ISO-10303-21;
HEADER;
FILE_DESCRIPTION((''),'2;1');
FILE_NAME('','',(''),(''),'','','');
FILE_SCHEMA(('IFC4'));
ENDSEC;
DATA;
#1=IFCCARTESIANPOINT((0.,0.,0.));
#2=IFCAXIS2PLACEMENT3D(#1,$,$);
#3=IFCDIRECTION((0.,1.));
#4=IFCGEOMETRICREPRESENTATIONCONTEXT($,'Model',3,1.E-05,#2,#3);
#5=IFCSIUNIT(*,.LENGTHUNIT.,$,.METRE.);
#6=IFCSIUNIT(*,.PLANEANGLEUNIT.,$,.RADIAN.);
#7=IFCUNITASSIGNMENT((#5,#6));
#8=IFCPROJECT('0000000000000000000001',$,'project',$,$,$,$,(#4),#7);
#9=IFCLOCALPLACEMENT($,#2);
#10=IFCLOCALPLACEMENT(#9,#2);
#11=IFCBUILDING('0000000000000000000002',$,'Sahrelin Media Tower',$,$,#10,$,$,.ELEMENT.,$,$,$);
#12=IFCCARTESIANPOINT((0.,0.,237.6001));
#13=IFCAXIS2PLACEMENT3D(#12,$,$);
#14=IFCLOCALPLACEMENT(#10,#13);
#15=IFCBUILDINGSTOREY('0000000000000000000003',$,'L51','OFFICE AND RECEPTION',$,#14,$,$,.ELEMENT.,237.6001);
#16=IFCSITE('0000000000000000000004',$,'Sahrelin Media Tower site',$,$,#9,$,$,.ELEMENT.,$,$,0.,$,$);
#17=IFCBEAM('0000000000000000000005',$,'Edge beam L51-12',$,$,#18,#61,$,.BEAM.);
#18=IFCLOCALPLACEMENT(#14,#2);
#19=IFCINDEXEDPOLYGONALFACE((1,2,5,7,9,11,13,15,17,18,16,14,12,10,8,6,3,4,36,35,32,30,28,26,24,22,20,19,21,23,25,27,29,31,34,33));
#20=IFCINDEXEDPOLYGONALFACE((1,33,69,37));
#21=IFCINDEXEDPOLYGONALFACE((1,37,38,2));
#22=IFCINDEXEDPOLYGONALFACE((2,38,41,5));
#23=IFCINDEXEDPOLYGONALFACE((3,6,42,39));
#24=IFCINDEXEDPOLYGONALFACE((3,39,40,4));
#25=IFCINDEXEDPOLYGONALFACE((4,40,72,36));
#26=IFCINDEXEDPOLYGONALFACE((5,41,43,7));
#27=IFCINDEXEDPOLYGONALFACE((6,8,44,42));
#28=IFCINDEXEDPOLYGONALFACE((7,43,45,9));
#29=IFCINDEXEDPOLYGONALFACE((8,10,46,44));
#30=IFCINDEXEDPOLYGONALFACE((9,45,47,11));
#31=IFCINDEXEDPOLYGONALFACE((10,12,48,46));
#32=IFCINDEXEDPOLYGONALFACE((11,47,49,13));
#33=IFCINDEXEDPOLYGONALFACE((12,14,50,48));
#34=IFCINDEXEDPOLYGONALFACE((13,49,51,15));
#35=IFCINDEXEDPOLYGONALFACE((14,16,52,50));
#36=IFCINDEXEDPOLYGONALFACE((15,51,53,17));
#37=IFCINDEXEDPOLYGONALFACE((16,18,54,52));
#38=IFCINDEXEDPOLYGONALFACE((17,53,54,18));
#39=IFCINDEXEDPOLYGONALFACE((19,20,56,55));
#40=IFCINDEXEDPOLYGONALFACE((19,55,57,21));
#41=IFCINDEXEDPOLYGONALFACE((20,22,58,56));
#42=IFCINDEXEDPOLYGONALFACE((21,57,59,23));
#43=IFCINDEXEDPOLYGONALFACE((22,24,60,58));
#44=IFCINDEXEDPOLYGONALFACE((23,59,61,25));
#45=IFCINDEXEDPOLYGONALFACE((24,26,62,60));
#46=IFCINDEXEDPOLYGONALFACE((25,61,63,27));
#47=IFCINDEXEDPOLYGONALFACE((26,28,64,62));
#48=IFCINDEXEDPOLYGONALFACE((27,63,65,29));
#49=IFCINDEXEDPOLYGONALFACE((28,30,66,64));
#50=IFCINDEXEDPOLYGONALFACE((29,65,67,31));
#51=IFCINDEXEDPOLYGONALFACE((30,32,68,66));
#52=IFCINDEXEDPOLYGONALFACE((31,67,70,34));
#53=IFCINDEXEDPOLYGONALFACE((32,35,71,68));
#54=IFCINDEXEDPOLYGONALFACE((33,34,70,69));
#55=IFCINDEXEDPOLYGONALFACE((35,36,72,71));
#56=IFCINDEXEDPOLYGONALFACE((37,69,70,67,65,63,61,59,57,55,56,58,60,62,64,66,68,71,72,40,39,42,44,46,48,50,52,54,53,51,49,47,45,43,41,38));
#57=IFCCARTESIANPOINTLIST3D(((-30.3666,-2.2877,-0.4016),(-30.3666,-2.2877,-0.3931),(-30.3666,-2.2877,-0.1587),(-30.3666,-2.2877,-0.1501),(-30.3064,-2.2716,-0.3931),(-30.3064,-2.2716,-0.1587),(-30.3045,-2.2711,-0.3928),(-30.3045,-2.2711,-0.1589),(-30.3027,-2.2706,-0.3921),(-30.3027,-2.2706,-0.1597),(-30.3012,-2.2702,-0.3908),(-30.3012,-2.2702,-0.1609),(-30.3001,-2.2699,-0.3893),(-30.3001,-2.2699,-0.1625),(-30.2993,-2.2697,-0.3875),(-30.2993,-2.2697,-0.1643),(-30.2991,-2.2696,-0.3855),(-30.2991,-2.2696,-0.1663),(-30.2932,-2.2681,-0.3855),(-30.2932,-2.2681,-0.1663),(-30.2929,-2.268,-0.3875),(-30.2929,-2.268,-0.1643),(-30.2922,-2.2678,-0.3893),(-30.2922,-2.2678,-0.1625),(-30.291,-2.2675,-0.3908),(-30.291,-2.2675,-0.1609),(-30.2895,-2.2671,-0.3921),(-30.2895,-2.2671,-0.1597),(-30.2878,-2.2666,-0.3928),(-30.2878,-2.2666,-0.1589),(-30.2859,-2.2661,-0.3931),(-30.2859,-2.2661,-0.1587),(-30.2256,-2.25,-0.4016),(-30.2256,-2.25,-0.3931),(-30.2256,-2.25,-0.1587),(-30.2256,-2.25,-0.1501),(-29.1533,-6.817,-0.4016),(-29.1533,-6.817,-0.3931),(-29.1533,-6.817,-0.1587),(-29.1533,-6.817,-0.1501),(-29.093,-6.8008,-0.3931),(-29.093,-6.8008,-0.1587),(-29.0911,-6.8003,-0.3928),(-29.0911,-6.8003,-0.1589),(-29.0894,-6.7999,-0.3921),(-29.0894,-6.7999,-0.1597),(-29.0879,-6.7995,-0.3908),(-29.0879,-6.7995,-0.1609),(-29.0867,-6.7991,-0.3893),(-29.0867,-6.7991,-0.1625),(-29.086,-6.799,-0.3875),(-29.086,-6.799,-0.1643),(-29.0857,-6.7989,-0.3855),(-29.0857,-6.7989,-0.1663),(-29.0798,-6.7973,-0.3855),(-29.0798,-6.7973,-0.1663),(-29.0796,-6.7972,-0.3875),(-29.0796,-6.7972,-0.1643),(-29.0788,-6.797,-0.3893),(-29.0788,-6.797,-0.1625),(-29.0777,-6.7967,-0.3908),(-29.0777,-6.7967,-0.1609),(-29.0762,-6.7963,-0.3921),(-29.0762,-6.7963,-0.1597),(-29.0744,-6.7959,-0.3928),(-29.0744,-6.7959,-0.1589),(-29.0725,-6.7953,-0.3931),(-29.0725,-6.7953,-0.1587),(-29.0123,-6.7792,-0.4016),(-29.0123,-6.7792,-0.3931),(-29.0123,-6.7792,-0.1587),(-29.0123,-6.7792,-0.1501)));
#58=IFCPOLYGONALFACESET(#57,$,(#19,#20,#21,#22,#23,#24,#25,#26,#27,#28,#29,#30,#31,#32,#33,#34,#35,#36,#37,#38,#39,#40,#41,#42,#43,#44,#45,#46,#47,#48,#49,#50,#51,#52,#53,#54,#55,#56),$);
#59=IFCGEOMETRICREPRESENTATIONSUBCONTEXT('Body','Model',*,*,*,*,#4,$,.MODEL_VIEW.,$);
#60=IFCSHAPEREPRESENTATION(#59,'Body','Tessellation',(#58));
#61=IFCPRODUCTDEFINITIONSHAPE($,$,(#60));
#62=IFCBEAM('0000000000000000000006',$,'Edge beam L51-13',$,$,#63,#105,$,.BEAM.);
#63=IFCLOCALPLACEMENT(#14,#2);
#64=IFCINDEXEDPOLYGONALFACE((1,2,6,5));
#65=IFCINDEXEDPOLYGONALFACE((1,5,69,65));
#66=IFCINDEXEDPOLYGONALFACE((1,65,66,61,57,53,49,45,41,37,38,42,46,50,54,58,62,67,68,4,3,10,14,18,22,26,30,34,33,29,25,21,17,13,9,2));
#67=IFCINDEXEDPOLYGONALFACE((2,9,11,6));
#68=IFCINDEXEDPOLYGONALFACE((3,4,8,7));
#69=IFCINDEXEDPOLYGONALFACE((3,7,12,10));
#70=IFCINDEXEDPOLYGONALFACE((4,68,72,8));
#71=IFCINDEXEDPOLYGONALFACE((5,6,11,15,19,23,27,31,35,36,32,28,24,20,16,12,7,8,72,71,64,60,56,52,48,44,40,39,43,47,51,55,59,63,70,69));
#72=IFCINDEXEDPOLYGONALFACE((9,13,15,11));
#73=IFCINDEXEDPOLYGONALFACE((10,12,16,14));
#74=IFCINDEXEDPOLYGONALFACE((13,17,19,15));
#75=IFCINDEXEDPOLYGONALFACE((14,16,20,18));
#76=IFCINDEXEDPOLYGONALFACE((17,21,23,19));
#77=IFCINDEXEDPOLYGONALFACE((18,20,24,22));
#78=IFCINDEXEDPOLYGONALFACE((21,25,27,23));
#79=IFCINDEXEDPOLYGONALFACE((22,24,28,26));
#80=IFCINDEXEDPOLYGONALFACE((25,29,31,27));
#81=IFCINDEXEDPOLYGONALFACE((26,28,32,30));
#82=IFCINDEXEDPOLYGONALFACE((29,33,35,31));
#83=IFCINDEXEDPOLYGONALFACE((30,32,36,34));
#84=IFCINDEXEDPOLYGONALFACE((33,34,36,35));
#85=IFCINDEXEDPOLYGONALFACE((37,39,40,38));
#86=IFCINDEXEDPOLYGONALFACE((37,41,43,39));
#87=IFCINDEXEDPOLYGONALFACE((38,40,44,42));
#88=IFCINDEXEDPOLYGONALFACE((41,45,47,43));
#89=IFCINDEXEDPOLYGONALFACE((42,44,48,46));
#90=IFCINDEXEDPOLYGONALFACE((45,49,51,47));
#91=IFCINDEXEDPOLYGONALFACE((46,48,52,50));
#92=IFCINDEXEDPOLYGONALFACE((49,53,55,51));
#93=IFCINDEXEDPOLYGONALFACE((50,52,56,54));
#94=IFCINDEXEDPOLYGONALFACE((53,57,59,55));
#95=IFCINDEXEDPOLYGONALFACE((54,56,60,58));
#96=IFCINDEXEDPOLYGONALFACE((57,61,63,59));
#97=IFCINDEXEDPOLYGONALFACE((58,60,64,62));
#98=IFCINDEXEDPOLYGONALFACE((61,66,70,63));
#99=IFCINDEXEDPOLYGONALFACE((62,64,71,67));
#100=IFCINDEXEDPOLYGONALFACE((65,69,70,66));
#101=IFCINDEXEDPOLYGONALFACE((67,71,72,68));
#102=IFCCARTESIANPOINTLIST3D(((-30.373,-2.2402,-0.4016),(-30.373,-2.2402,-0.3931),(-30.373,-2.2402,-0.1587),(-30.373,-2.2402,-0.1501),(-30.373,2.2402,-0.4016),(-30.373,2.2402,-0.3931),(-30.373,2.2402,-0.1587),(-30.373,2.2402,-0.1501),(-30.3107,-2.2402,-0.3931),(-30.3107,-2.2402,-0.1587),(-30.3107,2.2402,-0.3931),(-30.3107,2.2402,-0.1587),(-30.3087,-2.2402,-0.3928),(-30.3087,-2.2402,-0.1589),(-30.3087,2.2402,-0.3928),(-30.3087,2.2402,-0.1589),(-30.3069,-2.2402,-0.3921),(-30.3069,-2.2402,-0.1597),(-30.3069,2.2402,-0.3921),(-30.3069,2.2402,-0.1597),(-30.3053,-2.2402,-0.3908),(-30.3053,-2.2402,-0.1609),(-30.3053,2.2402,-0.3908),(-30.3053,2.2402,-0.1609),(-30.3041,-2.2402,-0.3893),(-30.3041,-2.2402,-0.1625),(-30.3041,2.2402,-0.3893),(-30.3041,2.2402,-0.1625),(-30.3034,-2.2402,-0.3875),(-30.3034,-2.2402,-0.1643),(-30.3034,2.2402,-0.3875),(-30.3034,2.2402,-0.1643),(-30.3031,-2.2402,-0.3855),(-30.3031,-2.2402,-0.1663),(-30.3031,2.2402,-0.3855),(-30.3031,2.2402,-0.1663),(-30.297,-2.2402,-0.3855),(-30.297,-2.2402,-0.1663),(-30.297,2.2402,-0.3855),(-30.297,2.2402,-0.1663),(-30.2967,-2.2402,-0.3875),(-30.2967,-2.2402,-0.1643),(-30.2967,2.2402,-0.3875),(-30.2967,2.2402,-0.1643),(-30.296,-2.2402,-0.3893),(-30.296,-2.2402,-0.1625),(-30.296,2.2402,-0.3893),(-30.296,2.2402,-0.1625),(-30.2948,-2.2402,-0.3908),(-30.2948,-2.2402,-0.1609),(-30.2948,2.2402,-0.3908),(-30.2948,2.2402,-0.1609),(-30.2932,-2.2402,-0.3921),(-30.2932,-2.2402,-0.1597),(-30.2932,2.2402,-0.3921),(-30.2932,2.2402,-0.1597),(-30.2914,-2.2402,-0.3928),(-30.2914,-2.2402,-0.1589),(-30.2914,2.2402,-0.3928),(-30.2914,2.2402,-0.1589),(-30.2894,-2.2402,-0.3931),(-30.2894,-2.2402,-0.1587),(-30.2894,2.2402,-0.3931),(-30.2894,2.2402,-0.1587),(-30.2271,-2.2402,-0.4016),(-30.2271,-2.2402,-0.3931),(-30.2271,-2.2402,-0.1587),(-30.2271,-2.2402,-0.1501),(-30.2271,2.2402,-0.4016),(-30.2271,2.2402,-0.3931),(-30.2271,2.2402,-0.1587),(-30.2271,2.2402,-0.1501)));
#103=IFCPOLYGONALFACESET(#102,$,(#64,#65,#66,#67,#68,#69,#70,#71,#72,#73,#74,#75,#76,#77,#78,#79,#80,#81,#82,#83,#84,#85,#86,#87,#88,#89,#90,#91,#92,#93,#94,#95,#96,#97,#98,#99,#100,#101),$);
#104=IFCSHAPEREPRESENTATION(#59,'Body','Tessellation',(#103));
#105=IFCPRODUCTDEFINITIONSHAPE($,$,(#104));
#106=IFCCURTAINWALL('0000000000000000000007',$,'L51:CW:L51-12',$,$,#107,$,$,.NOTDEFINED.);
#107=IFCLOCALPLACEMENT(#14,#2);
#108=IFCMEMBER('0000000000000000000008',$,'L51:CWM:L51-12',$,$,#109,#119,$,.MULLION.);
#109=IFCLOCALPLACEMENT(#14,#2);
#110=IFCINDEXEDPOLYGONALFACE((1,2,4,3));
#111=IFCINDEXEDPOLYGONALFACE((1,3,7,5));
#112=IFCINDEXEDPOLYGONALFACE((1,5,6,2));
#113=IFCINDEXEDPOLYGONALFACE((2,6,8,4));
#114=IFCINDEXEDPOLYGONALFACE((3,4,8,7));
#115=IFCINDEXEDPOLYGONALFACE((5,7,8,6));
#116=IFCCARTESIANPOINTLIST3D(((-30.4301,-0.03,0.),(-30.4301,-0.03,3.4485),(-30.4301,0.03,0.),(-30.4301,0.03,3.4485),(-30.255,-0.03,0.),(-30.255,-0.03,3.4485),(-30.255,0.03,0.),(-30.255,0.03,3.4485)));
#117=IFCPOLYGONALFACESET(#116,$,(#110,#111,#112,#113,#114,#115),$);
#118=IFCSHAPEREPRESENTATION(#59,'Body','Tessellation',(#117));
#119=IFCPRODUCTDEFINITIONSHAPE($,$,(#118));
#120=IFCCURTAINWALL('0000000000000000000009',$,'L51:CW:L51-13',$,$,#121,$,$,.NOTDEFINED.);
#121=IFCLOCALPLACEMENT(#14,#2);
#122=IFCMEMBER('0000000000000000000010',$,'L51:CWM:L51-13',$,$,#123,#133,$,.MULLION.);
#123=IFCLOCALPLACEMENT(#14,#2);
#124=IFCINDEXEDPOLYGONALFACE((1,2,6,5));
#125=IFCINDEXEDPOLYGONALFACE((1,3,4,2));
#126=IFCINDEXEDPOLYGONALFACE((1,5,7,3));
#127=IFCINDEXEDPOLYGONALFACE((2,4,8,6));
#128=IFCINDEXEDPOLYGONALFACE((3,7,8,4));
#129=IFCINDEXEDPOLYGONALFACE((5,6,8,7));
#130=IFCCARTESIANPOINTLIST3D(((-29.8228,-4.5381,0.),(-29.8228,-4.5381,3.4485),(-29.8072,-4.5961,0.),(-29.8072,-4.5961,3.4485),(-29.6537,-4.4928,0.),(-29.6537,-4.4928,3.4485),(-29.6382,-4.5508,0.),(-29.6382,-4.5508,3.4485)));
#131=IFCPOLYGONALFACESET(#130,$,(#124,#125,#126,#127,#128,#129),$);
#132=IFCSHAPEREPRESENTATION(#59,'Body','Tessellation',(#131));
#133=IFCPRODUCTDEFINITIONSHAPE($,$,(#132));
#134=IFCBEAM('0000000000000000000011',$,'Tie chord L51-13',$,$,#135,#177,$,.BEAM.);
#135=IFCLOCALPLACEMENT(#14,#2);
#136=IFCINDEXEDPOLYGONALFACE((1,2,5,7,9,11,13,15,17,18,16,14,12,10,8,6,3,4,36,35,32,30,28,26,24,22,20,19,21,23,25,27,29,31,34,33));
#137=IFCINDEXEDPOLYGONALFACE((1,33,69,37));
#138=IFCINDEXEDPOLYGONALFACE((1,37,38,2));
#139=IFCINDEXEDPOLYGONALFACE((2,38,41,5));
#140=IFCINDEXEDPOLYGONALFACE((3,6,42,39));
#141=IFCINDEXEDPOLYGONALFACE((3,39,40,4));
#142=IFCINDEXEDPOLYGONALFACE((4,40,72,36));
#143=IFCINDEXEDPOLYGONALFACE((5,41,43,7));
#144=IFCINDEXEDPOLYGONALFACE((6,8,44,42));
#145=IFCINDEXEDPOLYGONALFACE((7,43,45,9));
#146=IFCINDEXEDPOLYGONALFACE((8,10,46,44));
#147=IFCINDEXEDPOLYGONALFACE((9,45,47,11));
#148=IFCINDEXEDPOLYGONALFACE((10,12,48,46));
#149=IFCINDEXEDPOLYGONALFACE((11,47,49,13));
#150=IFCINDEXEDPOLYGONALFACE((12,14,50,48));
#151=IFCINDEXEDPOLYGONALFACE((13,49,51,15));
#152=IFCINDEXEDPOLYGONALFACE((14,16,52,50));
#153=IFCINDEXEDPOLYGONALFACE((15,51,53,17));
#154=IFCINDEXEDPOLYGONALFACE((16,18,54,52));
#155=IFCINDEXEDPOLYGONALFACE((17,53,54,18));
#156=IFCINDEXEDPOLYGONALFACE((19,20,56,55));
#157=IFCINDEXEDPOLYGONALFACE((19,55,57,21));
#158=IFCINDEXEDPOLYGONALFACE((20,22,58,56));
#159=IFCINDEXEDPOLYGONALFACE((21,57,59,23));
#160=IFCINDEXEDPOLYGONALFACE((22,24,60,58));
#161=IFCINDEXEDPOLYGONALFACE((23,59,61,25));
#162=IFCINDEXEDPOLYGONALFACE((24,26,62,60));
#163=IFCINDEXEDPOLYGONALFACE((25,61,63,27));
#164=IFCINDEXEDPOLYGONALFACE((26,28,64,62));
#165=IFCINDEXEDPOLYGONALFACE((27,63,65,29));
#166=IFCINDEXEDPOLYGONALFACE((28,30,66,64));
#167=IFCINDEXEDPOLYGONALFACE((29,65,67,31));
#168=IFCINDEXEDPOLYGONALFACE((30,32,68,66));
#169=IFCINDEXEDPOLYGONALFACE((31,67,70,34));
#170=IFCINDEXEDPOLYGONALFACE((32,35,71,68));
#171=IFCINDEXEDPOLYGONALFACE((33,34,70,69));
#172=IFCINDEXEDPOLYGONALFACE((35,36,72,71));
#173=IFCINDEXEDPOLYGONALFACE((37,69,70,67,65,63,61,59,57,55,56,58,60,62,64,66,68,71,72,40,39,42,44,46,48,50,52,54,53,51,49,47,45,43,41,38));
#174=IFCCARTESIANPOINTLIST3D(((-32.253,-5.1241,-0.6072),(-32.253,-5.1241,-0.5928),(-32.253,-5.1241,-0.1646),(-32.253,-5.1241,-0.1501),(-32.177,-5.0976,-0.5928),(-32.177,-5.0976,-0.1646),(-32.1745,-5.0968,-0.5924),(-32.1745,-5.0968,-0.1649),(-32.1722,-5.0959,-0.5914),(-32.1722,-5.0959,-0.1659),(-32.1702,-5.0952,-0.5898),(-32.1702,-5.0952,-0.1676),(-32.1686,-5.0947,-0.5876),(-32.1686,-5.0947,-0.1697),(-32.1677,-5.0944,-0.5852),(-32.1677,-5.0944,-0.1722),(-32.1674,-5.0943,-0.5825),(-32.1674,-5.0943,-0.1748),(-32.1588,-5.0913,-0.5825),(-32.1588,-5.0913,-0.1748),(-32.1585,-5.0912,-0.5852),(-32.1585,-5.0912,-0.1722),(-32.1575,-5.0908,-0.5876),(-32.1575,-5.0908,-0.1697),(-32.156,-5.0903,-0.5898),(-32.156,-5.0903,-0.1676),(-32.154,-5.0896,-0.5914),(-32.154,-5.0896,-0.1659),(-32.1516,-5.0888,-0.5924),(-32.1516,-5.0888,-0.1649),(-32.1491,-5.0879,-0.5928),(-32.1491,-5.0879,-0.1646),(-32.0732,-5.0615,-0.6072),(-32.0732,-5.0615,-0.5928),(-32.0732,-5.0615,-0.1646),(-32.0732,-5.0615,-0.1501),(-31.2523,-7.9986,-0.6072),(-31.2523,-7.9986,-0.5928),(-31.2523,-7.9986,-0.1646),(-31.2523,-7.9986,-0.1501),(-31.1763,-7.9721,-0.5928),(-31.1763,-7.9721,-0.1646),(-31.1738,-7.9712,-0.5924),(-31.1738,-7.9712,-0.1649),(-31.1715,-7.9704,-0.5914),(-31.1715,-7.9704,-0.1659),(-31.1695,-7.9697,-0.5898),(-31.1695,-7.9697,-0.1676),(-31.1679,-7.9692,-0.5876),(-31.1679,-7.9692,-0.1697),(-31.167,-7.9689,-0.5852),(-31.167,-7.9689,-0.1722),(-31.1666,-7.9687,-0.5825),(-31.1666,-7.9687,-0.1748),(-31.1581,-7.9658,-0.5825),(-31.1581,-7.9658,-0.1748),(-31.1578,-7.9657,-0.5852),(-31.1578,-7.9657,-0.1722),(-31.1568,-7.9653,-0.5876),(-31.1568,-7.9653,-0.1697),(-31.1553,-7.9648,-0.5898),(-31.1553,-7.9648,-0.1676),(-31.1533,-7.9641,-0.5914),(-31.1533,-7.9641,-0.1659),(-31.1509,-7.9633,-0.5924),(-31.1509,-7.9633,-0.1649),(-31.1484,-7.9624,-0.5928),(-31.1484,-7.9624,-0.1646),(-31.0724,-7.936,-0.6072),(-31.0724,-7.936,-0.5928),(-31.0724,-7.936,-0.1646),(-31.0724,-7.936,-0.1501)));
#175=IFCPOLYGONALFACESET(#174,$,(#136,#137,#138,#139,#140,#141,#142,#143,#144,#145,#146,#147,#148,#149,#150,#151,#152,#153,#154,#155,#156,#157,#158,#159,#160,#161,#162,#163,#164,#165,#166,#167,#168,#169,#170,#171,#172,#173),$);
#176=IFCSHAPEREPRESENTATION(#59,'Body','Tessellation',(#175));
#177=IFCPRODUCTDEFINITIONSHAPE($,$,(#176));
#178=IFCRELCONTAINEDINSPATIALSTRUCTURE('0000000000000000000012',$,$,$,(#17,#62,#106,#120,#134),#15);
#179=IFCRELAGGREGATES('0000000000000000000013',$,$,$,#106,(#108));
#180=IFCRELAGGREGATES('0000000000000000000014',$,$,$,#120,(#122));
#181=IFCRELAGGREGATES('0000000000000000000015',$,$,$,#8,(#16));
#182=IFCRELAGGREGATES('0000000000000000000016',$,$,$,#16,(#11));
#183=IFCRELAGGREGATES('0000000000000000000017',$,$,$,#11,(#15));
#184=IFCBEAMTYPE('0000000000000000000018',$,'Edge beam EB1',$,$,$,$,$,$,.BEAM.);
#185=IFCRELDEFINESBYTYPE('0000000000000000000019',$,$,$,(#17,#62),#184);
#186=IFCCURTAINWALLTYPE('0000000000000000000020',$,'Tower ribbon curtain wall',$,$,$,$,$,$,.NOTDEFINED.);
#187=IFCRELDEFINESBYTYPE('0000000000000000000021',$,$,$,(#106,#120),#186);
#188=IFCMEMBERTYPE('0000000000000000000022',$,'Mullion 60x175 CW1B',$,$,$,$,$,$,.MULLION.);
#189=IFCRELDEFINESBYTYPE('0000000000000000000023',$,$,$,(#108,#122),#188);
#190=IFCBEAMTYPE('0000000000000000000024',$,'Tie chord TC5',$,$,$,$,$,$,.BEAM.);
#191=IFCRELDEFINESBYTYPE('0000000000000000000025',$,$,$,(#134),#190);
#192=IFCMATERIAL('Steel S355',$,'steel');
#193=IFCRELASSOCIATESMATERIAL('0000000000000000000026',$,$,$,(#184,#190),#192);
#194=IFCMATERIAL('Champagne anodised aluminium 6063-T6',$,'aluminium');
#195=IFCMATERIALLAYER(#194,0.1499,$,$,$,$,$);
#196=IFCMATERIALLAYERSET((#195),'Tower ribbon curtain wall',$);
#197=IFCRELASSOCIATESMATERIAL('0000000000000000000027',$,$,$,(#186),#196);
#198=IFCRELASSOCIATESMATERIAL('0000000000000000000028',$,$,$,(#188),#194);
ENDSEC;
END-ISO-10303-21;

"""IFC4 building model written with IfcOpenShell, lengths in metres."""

from ifc_helpers import new_model, si_unit, direction, frame, origin, origin_2d, place, context, subcontext, project, spatial, rectangle, i_section, extrude, material, layer, layer_set, material_profile, profile_set, type_object, element, aggregate, save


model = new_model("IFC4")

# Units and contexts
model_context = context("Model", 3, precision=1e-05, world=origin(), true_north=direction((0.0, 1.0)))
body_context = subcontext(model_context, "Body", "Model", "MODEL_VIEW")
ifc_project = project(units=[si_unit("LENGTHUNIT", "METRE"), si_unit("PLANEANGLEUNIT", "RADIAN")], contexts=[model_context])

# Site, building, storey
site_placement = place(None, origin())
site = spatial("IfcSite", under=ifc_project, at=site_placement, Name="Sahrelin Media Tower site", CompositionType="ELEMENT", RefElevation=0.0)
building_placement = place(site_placement, origin())
building = spatial("IfcBuilding", under=site, at=building_placement, Name="Sahrelin Media Tower", CompositionType="ELEMENT")
storey_placement = place(building_placement, frame((0.0, 0.0, 237.6001)))
storey = spatial("IfcBuildingStorey", under=building, at=storey_placement, Name="L51", Description="OFFICE AND RECEPTION", CompositionType="ELEMENT", Elevation=237.6001)

# Beams
ifc_material_1 = material(Name="Steel S355", Category="steel")
ifc_material_profile_1 = material_profile(ifc_material_1, i_section(OverallWidth=0.146, OverallDepth=0.2515, WebThickness=0.0061, FlangeThickness=0.0085, FilletRadius=0.0076, at=origin_2d()), Name="UB 254x146x31")
ifc_profile_set_1 = profile_set([ifc_material_profile_1], Name="Steel S355")
beam_type_1 = type_object("IfcBeamType", Name="Edge beam EB1", PredefinedType="BEAM", material=ifc_profile_set_1)
beam_1_placement = place(storey_placement, frame((-29.0828, -6.7981, -0.2759), z_axis=(-0.258771, 0.965939, 0.0), x_axis=(-0.965939, -0.258771, 0.0)))
element("IfcBeam", 1, at=beam_1_placement, inside=storey, type_object=beam_type_1, Name="Edge beam L51-12", PredefinedType="BEAM", context=body_context, shape_type="SweptSolid", body=[
    extrude(i_section(OverallWidth=0.146, OverallDepth=0.2515, WebThickness=0.0061, FlangeThickness=0.0085, FilletRadius=0.0076, at=origin_2d()), origin(), (0.0, 0.0, 1.0), 4.689),
])
beam_2_placement = place(storey_placement, frame((-30.3, -2.2402, -0.2759), z_axis=(0.0, 1.0, 0.0), x_axis=(-1.0, 0.0, 0.0)))
element("IfcBeam", 2, at=beam_2_placement, inside=storey, type_object=beam_type_1, Name="Edge beam L51-13", PredefinedType="BEAM", context=body_context, shape_type="SweptSolid", body=[
    extrude(i_section(OverallWidth=0.146, OverallDepth=0.2515, WebThickness=0.0061, FlangeThickness=0.0085, FilletRadius=0.0076, at=origin_2d()), origin(), (0.0, 0.0, 1.0), 4.4805),
])

# Curtain walls, members
ifc_material_2 = material(Name="Champagne anodised aluminium 6063-T6", Category="aluminium")
ifc_layer_1 = layer(ifc_material_2, 0.1499)
ifc_layer_set_1 = layer_set([ifc_layer_1], Name="Tower ribbon curtain wall")
curtain_wall_type = type_object("IfcCurtainWallType", Name="Tower ribbon curtain wall", PredefinedType="NOTDEFINED", material=ifc_layer_set_1)
curtain_wall_1_placement = place(storey_placement, frame((-30.45, 0.0, 0.0), z_axis=(0.0, 0.0, 1.0), x_axis=(1.0, 0.0, 0.0)))
curtain_wall_1 = element("IfcCurtainWall", 3, at=curtain_wall_1_placement, inside=storey, type_object=curtain_wall_type, Name="L51:CW:L51-12", PredefinedType="NOTDEFINED")
ifc_material_profile_2 = material_profile(ifc_material_2, rectangle(XDim=0.0601, YDim=0.175, at=origin_2d()), Name="Mullion 60x175")
ifc_profile_set_2 = profile_set([ifc_material_profile_2], Name="Champagne anodised aluminium 6063-T6")
member_type_1 = type_object("IfcMemberType", Name="Mullion 60x175 CW1B", PredefinedType="MULLION", material=ifc_profile_set_2)
member_1_placement = place(storey_placement, frame((-30.3425, 0.0, 0.0), z_axis=(0.0, 0.0, 1.0), x_axis=(0.0, -1.0, 0.0)))
member_1 = element("IfcMember", 4, at=member_1_placement, type_object=member_type_1, Name="L51:CWM:L51-12", PredefinedType="MULLION", context=body_context, shape_type="SweptSolid", body=[
    extrude(rectangle(XDim=0.0601, YDim=0.175, at=origin_2d()), origin(), (0.0, 0.0, 1.0), 3.4485),
])
aggregate(curtain_wall_1, [member_1])
curtain_wall_2_placement = place(storey_placement, frame((-29.8342, -4.5723, 0.0), z_axis=(0.0, 0.0, 1.0), x_axis=(1.0, 0.0, 0.0)))
curtain_wall_2 = element("IfcCurtainWall", 5, at=curtain_wall_2_placement, inside=storey, type_object=curtain_wall_type, Name="L51:CW:L51-13", PredefinedType="NOTDEFINED")
member_2_placement = place(storey_placement, frame((-29.7305, -4.5444, 0.0), z_axis=(0.0, 0.0, 1.0), x_axis=(0.258812, -0.965928, 0.0)))
member_2 = element("IfcMember", 6, at=member_2_placement, type_object=member_type_1, Name="L51:CWM:L51-13", PredefinedType="MULLION", context=body_context, shape_type="SweptSolid", body=[
    extrude(rectangle(XDim=0.0601, YDim=0.175, at=origin_2d()), origin(), (0.0, 0.0, 1.0), 3.4485),
])

# Beam
ifc_material_profile_3 = material_profile(ifc_material_1, i_section(OverallWidth=0.1904, OverallDepth=0.457, WebThickness=0.009, FlangeThickness=0.0144, FilletRadius=0.0103, at=origin_2d()), Name="UB 457x191x74")
ifc_profile_set_3 = profile_set([ifc_material_profile_3], Name="Steel S355")
beam_type_2 = type_object("IfcBeamType", Name="Tie chord TC5", PredefinedType="BEAM", material=ifc_profile_set_3)
beam_3_placement = place(storey_placement, frame((-32.1631, -5.0928, -0.3787), z_axis=(0.328785, -0.944405, 0.0), x_axis=(0.944405, 0.328785, 0.0)))
element("IfcBeam", 7, at=beam_3_placement, inside=storey, type_object=beam_type_2, Name="Tie chord L51-13", PredefinedType="BEAM", context=body_context, shape_type="SweptSolid", body=[
    extrude(i_section(OverallWidth=0.1904, OverallDepth=0.457, WebThickness=0.009, FlangeThickness=0.0144, FilletRadius=0.0103, at=origin_2d()), origin(), (0.0, 0.0, 1.0), 3.0437),
])

aggregate(curtain_wall_2, [member_2])

save(model, "model.ifc")
